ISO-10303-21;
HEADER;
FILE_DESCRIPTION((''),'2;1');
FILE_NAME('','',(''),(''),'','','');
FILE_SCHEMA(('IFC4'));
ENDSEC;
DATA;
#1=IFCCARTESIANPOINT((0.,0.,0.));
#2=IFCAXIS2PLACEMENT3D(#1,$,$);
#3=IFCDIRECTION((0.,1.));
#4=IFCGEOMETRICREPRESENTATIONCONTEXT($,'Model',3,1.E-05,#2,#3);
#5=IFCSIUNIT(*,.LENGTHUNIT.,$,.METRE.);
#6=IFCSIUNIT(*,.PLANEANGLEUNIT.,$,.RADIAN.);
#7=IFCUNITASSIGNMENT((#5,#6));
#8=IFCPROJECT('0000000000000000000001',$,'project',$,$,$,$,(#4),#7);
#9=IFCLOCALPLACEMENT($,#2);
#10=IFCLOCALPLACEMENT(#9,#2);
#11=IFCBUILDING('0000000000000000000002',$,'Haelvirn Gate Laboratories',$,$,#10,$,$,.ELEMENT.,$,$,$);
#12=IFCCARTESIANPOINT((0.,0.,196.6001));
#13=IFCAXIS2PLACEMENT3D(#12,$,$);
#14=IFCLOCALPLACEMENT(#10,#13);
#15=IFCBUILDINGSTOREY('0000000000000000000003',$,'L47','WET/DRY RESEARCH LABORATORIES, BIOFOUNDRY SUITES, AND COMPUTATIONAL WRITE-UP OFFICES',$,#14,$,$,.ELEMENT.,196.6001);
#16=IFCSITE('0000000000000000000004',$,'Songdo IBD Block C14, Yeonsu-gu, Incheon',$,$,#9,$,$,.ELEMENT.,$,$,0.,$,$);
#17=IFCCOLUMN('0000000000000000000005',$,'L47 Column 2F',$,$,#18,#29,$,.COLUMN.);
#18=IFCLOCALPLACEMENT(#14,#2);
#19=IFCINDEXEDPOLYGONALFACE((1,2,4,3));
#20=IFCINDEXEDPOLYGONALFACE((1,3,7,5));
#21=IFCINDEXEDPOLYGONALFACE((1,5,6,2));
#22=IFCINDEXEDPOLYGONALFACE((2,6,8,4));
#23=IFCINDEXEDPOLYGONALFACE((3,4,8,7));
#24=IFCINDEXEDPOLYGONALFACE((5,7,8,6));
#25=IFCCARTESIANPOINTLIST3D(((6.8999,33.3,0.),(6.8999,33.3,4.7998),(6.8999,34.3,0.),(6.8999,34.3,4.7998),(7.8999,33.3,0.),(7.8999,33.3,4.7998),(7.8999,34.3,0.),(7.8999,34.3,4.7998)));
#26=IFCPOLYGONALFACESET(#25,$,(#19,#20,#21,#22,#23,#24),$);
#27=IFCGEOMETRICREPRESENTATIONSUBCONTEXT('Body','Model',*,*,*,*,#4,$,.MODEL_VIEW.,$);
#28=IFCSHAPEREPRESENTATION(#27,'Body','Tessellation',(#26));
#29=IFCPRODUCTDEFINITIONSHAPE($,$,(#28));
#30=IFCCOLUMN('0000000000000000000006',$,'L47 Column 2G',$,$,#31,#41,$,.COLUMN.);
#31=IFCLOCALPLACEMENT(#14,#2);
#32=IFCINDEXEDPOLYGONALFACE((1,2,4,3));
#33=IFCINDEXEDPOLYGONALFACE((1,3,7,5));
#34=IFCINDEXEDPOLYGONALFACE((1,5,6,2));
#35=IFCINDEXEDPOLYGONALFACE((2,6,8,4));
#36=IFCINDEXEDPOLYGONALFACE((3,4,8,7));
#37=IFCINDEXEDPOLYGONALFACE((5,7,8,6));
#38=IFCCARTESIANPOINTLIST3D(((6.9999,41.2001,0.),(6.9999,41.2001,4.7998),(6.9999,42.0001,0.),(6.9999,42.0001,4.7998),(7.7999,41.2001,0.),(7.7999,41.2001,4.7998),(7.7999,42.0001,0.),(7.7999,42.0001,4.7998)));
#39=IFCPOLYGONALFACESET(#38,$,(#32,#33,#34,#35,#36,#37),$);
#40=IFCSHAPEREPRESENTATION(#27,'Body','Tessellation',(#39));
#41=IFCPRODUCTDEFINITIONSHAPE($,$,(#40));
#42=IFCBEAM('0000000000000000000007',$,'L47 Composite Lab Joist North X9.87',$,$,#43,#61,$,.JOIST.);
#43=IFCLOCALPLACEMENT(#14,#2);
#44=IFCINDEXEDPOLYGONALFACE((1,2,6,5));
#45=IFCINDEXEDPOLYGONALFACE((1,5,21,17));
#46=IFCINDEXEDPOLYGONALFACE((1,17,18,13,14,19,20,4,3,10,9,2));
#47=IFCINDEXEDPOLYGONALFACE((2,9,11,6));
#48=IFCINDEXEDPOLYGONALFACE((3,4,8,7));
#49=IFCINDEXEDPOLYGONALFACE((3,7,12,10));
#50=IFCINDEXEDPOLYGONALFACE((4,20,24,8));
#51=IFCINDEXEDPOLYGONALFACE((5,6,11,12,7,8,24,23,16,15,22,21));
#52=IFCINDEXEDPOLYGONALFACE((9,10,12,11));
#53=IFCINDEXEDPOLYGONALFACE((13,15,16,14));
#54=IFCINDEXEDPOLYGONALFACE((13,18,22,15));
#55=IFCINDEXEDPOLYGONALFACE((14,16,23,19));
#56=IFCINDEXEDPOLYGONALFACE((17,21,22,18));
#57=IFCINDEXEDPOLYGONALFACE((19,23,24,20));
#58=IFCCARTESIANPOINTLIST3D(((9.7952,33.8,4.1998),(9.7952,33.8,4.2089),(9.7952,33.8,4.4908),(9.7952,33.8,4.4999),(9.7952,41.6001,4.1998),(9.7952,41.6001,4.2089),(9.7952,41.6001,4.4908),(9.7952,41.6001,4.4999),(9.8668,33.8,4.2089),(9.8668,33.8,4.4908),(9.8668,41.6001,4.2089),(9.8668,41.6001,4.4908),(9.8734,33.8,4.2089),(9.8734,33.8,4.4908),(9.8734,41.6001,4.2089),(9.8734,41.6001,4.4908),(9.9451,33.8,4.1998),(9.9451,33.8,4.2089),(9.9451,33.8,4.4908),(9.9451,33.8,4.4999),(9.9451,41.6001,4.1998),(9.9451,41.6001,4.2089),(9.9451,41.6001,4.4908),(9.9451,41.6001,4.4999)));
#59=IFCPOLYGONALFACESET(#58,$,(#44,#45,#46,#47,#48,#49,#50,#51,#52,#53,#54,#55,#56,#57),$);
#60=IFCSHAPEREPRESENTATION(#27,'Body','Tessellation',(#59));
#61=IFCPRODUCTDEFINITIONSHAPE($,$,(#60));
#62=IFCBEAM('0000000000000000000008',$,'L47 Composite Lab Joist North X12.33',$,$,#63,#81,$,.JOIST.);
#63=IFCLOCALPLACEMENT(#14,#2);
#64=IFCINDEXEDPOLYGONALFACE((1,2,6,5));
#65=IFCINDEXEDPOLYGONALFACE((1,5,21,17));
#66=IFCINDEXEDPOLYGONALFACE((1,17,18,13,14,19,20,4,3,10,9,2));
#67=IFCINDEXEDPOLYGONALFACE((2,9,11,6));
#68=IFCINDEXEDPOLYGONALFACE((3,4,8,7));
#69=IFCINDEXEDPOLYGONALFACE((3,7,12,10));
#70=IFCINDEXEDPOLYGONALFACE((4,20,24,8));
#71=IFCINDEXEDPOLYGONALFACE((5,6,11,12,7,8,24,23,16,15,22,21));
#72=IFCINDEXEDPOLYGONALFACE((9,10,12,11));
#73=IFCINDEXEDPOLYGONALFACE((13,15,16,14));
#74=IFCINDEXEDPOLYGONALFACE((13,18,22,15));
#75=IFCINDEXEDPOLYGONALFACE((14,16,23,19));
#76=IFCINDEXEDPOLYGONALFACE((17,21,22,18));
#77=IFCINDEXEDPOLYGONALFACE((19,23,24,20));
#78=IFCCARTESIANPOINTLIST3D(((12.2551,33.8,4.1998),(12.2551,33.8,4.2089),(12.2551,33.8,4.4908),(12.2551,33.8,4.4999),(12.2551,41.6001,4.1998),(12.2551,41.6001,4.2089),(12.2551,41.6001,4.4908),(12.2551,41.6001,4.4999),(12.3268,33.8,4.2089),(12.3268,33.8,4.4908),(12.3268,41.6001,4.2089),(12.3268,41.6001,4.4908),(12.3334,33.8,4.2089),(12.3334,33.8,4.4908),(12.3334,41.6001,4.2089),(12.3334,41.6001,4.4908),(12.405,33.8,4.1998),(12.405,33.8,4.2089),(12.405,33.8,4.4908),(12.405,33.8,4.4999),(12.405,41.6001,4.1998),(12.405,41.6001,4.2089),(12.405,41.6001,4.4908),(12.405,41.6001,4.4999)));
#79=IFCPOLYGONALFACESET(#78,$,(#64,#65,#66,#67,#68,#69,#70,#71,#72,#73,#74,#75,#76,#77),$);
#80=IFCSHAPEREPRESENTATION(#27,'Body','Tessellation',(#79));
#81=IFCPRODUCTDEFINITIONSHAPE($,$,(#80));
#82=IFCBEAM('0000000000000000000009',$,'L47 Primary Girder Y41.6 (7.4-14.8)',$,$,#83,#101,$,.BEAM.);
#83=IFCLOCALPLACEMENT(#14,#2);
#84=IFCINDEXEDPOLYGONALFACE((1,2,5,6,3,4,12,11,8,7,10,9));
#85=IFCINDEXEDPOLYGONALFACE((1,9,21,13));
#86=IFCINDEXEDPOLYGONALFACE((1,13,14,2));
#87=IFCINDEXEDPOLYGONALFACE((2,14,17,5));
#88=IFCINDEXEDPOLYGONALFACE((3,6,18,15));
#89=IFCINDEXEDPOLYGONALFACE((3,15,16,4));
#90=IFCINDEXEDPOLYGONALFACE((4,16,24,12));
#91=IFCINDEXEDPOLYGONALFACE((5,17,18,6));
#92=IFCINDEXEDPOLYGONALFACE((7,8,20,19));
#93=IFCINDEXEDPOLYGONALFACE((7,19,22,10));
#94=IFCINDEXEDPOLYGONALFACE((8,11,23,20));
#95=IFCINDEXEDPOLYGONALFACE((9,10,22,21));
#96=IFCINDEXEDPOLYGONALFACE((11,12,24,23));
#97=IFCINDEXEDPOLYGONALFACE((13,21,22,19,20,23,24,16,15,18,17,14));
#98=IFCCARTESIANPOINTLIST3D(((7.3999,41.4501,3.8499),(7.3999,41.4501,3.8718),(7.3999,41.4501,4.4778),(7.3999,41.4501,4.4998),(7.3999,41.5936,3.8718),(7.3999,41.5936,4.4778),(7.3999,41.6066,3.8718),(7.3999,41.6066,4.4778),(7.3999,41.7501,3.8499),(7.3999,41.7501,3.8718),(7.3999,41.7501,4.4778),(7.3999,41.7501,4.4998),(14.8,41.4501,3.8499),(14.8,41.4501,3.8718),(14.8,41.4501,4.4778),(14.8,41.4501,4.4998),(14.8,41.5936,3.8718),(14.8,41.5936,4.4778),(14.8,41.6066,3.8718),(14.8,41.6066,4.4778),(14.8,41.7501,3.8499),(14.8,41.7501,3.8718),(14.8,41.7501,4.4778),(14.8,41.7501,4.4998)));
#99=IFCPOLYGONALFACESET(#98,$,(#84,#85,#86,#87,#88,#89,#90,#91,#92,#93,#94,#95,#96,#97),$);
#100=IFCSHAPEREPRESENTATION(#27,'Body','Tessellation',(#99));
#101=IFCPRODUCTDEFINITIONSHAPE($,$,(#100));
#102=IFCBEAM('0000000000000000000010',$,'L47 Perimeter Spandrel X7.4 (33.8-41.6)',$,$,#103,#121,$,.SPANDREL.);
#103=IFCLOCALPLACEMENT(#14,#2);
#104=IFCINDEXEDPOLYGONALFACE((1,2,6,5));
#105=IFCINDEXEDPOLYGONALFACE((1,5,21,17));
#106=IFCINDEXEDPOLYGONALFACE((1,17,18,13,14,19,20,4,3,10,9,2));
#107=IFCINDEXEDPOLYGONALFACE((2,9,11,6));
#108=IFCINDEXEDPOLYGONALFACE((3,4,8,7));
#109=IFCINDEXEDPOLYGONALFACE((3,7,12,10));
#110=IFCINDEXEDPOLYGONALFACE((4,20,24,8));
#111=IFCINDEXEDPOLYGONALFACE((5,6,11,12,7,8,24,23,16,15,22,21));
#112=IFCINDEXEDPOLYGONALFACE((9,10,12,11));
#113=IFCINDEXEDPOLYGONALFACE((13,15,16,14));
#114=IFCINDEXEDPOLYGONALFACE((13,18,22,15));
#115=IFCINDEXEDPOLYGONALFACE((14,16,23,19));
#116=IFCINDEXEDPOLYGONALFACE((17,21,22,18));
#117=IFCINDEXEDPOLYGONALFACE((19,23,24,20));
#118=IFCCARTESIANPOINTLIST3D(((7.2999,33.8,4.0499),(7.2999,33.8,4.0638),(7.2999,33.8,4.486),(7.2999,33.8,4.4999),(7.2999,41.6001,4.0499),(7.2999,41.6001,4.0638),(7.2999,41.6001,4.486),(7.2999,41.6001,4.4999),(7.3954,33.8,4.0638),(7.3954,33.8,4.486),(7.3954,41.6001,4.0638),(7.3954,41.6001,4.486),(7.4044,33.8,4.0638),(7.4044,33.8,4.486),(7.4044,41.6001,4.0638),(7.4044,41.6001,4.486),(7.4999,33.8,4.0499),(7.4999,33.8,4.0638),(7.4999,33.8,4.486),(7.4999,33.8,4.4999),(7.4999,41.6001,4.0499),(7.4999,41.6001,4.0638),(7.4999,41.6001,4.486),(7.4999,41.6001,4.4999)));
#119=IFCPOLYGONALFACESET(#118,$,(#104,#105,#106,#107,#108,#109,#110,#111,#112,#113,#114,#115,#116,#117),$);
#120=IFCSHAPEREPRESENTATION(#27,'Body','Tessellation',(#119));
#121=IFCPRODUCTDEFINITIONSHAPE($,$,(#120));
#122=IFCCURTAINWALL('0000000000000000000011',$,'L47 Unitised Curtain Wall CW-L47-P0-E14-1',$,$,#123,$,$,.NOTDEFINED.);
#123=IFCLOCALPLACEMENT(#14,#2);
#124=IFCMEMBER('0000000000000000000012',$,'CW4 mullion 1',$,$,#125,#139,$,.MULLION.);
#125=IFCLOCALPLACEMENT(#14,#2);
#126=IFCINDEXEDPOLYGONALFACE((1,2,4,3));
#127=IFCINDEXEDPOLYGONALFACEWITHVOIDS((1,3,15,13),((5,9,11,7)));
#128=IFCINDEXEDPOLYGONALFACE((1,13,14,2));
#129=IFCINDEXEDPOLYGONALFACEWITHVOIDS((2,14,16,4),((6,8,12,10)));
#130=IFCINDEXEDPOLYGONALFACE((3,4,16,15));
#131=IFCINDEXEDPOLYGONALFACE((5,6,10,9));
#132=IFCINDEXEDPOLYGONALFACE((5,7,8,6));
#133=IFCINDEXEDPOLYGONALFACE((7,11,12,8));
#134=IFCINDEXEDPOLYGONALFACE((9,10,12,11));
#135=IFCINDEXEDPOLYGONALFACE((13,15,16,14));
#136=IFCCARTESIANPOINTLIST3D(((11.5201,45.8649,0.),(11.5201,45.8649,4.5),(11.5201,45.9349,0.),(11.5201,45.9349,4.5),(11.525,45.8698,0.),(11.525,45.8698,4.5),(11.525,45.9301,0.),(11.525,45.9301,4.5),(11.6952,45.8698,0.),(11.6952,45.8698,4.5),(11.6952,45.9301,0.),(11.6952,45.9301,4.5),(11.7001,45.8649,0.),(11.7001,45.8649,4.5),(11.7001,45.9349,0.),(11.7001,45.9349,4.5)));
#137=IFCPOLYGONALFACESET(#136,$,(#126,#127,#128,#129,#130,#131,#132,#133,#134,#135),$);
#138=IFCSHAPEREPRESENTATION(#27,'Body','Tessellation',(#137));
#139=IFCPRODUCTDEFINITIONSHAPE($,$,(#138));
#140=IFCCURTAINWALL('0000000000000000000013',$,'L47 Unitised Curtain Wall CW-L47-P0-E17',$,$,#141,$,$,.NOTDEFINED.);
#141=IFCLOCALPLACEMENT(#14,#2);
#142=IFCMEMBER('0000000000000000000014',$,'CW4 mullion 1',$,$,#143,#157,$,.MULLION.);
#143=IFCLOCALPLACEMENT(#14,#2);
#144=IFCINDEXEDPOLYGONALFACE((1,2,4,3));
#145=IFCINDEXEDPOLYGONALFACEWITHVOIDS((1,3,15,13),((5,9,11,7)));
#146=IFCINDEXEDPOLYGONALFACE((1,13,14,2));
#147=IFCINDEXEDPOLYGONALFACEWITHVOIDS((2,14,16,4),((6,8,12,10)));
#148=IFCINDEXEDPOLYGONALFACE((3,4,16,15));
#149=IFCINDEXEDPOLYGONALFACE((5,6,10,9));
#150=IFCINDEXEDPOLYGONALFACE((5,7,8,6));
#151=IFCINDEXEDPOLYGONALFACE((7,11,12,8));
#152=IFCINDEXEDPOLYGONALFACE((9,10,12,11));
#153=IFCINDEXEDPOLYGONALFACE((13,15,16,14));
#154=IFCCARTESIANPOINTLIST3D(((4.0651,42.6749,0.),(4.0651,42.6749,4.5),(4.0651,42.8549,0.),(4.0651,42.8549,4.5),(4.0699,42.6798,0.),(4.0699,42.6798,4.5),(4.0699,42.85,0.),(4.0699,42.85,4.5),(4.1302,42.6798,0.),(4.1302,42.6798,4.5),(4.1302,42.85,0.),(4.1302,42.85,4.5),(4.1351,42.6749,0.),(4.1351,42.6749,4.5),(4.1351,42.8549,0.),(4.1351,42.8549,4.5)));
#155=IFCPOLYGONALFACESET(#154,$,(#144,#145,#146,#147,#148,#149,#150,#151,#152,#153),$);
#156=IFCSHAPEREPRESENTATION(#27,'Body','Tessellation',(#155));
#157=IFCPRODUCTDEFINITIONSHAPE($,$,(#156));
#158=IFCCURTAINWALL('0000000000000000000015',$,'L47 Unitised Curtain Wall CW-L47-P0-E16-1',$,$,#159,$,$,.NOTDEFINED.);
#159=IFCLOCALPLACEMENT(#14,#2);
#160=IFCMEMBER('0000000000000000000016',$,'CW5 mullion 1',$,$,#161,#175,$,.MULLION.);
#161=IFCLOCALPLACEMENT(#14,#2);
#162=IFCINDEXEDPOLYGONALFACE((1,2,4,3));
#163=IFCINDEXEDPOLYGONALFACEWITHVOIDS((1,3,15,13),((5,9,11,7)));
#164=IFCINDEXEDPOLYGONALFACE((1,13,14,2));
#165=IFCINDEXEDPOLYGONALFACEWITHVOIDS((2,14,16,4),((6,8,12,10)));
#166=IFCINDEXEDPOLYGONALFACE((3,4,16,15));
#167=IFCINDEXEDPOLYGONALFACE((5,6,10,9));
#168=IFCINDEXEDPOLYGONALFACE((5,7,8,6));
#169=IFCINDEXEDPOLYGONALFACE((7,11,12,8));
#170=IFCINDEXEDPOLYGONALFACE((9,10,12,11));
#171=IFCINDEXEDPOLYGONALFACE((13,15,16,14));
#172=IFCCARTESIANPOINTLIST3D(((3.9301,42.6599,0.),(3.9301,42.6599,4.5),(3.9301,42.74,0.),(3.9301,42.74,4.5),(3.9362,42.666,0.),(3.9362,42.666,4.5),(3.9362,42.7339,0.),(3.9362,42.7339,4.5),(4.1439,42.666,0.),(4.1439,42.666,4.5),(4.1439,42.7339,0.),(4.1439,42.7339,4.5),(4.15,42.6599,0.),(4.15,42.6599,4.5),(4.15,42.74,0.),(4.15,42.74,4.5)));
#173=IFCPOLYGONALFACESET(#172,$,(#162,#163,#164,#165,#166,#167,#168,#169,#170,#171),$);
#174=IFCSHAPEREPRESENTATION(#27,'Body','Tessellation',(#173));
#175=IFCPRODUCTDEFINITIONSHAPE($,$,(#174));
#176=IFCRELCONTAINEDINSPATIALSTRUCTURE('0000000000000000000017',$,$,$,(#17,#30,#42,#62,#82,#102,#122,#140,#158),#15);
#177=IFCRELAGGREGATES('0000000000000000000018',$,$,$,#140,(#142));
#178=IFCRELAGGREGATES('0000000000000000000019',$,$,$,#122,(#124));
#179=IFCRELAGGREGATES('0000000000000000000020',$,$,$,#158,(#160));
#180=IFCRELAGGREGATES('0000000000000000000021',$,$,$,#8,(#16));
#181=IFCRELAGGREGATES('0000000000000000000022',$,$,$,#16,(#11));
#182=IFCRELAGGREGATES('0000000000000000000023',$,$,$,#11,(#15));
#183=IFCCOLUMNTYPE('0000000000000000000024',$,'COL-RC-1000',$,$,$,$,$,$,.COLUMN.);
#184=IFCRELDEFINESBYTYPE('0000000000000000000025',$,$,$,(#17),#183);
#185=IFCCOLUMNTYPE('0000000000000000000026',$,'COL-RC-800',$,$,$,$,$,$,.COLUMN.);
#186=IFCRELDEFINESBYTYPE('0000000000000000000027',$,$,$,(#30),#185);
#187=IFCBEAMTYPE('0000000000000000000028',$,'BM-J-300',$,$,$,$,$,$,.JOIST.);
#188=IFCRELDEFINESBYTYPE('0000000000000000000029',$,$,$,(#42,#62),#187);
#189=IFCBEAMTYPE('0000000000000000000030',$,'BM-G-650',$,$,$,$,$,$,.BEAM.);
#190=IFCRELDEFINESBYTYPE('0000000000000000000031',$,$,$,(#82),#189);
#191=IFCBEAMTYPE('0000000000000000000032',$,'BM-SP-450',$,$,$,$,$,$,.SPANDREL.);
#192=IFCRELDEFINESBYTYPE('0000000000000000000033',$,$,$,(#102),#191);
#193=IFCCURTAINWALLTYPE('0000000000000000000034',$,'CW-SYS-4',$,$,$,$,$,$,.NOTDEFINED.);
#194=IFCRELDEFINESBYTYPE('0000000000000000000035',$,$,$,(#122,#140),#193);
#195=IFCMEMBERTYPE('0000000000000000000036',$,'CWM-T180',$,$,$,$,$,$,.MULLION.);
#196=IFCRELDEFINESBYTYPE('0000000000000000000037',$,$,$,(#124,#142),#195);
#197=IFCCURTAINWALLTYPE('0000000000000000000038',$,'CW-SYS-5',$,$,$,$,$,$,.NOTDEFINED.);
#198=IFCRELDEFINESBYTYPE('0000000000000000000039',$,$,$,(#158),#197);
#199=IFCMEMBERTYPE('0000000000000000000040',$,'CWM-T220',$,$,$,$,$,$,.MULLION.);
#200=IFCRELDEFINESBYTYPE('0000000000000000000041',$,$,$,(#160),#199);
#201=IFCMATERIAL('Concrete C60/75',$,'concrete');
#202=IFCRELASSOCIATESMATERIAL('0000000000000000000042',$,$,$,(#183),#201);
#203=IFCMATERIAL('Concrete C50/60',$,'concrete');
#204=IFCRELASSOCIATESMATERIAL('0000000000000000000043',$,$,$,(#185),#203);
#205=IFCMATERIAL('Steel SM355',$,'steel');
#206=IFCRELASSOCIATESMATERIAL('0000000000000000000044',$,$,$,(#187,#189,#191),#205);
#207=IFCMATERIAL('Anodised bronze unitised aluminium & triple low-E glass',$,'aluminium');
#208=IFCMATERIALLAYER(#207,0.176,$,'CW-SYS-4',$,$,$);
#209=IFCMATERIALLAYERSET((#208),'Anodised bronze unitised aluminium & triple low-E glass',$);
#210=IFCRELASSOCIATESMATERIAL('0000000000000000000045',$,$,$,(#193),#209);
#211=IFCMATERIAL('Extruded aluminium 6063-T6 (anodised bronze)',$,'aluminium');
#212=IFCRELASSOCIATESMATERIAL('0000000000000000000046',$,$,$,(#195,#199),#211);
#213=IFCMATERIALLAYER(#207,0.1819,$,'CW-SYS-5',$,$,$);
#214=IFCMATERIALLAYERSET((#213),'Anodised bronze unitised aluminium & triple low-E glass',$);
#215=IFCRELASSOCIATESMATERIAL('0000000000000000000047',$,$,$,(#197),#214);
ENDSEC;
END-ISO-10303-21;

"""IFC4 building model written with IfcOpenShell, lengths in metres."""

from ifc_helpers import new_model, si_unit, direction, frame, origin, origin_2d, place, context, subcontext, project, spatial, rectangle, hollow_rectangle, i_section, extrude, source, transform, mapped, material, layer, layer_set, material_profile, profile_set, type_object, type_shapes, element, aggregate, save


model = new_model("IFC4")

# Units and contexts
model_context = context("Model", 3, precision=1e-05, world=origin(), true_north=direction((0.0, 1.0)))
body_context = subcontext(model_context, "Body", "Model", "MODEL_VIEW")
ifc_project = project(units=[si_unit("LENGTHUNIT", "METRE"), si_unit("PLANEANGLEUNIT", "RADIAN")], contexts=[model_context])

# Site, building, storey
site_placement = place(None, origin())
site = spatial("IfcSite", under=ifc_project, at=site_placement, Name="Songdo IBD Block C14, Yeonsu-gu, Incheon", CompositionType="ELEMENT", RefElevation=0.0)
building_placement = place(site_placement, origin())
building = spatial("IfcBuilding", under=site, at=building_placement, Name="Haelvirn Gate Laboratories", CompositionType="ELEMENT")
storey_placement = place(building_placement, frame((0.0, 0.0, 196.6001)))
storey = spatial("IfcBuildingStorey", under=building, at=storey_placement, Name="L47", Description="WET/DRY RESEARCH LABORATORIES, BIOFOUNDRY SUITES, AND COMPUTATIONAL WRITE-UP OFFICES", CompositionType="ELEMENT", Elevation=196.6001)

# Columns
ifc_material_1 = material(Name="Concrete C60/75", Category="concrete")
ifc_material_profile_1 = material_profile(ifc_material_1, rectangle(XDim=1.0, YDim=1.0, at=origin_2d()), Name="RC-1000x1000")
ifc_profile_set_1 = profile_set([ifc_material_profile_1], Name="Concrete C60/75")
column_type_1 = type_object("IfcColumnType", Name="COL-RC-1000", PredefinedType="COLUMN", material=ifc_profile_set_1)
shared_shape_1 = source(origin(), body_context, "Body", "SweptSolid", [
    extrude(rectangle(XDim=1.0, YDim=1.0, at=origin_2d()), origin(), (0.0, 0.0, 1.0), 4.7998),
])
type_shapes(column_type_1, [shared_shape_1])
column_1_placement = place(storey_placement, frame((7.3999, 33.8, 0.0), z_axis=(0.0, 0.0, 1.0), x_axis=(1.0, 0.0, 0.0)))
element("IfcColumn", 1, at=column_1_placement, inside=storey, type_object=column_type_1, Name="L47 Column 2F", PredefinedType="COLUMN", context=body_context, shape_type="MappedRepresentation", body=[
    mapped(shared_shape_1, transform((0.0, 0.0, 0.0), scale=1.0)),
])
ifc_material_2 = material(Name="Concrete C50/60", Category="concrete")
ifc_material_profile_2 = material_profile(ifc_material_2, rectangle(XDim=0.8, YDim=0.8, at=origin_2d()), Name="RC-800x800")
ifc_profile_set_2 = profile_set([ifc_material_profile_2], Name="Concrete C50/60")
column_type_2 = type_object("IfcColumnType", Name="COL-RC-800", PredefinedType="COLUMN", material=ifc_profile_set_2)
shared_shape_2 = source(origin(), body_context, "Body", "SweptSolid", [
    extrude(rectangle(XDim=0.8, YDim=0.8, at=origin_2d()), origin(), (0.0, 0.0, 1.0), 4.7998),
])
type_shapes(column_type_2, [shared_shape_2])
column_2_placement = place(storey_placement, frame((7.3999, 41.6001, 0.0), z_axis=(0.0, 0.0, 1.0), x_axis=(1.0, 0.0, 0.0)))
element("IfcColumn", 2, at=column_2_placement, inside=storey, type_object=column_type_2, Name="L47 Column 2G", PredefinedType="COLUMN", context=body_context, shape_type="MappedRepresentation", body=[
    mapped(shared_shape_2, transform((0.0, 0.0, 0.0), scale=1.0)),
])

# Beams
ifc_material_3 = material(Name="Steel SM355", Category="steel")
ifc_material_profile_3 = material_profile(ifc_material_3, i_section(OverallWidth=0.1499, OverallDepth=0.3, WebThickness=0.0066, FlangeThickness=0.009, at=origin_2d()), Name="H-300x150x6.5x9")
ifc_profile_set_3 = profile_set([ifc_material_profile_3], Name="Steel SM355")
beam_type_1 = type_object("IfcBeamType", Name="BM-J-300", PredefinedType="JOIST", material=ifc_profile_set_3)
shared_shape_3 = source(origin(), body_context, "Body", "SweptSolid", [
    extrude(i_section(OverallWidth=0.1499, OverallDepth=0.3, WebThickness=0.0066, FlangeThickness=0.009, at=origin_2d()), origin(), (0.0, 0.0, 1.0), 7.8),
])
type_shapes(beam_type_1, [shared_shape_3])
for number, where, z_axis, x_axis, name in (
    (3, (9.8701, 33.8, 4.3499), (0.0, 1.0, 0.0), (-1.0, 0.0, 0.0), "L47 Composite Lab Joist North X9.87"),
    (4, (12.3301, 33.8, 4.3499), (0.0, 1.0, 0.0), (-1.0, 0.0, 0.0), "L47 Composite Lab Joist North X12.33"),
):
    element("IfcBeam", number, at=place(storey_placement, frame(where, z_axis=z_axis, x_axis=x_axis)), inside=storey, type_object=beam_type_1, Name=name, PredefinedType="JOIST", context=body_context, shape_type="MappedRepresentation", body=[
        mapped(shared_shape_3, transform((0.0, 0.0, 0.0), scale=1.0)),
    ])
ifc_material_profile_4 = material_profile(ifc_material_3, i_section(OverallWidth=0.3, OverallDepth=0.6499, WebThickness=0.0129, FlangeThickness=0.022, at=origin_2d()), Name="H-650x300x13x22")
ifc_profile_set_4 = profile_set([ifc_material_profile_4], Name="Steel SM355")
beam_type_2 = type_object("IfcBeamType", Name="BM-G-650", PredefinedType="BEAM", material=ifc_profile_set_4)
shared_shape_4 = source(origin(), body_context, "Body", "SweptSolid", [
    extrude(i_section(OverallWidth=0.3, OverallDepth=0.6499, WebThickness=0.0129, FlangeThickness=0.022, at=origin_2d()), origin(), (0.0, 0.0, 1.0), 7.4001),
])
type_shapes(beam_type_2, [shared_shape_4])
beam_1_placement = place(storey_placement, frame((7.3999, 41.6001, 4.1748), z_axis=(1.0, 0.0, 0.0), x_axis=(0.0, 1.0, 0.0)))
element("IfcBeam", 5, at=beam_1_placement, inside=storey, type_object=beam_type_2, Name="L47 Primary Girder Y41.6 (7.4-14.8)", PredefinedType="BEAM", context=body_context, shape_type="MappedRepresentation", body=[
    mapped(shared_shape_4, transform((0.0, 0.0, 0.0), scale=1.0)),
])
ifc_material_profile_5 = material_profile(ifc_material_3, i_section(OverallWidth=0.2, OverallDepth=0.45, WebThickness=0.009, FlangeThickness=0.0139, at=origin_2d()), Name="H-450x200x9x14")
ifc_profile_set_5 = profile_set([ifc_material_profile_5], Name="Steel SM355")
beam_type_3 = type_object("IfcBeamType", Name="BM-SP-450", PredefinedType="SPANDREL", material=ifc_profile_set_5)
shared_shape_5 = source(origin(), body_context, "Body", "SweptSolid", [
    extrude(i_section(OverallWidth=0.2, OverallDepth=0.45, WebThickness=0.009, FlangeThickness=0.0139, at=origin_2d()), origin(), (0.0, 0.0, 1.0), 7.8),
])
type_shapes(beam_type_3, [shared_shape_5])
beam_2_placement = place(storey_placement, frame((7.3999, 33.8, 4.2749), z_axis=(0.0, 1.0, 0.0), x_axis=(-1.0, 0.0, 0.0)))
element("IfcBeam", 6, at=beam_2_placement, inside=storey, type_object=beam_type_3, Name="L47 Perimeter Spandrel X7.4 (33.8-41.6)", PredefinedType="SPANDREL", context=body_context, shape_type="MappedRepresentation", body=[
    mapped(shared_shape_5, transform((0.0, 0.0, 0.0), scale=1.0)),
])

# Curtain walls, members
ifc_material_4 = material(Name="Anodised bronze unitised aluminium & triple low-E glass", Category="aluminium")
ifc_layer_1 = layer(ifc_material_4, 0.176, Name="CW-SYS-4")
ifc_layer_set_1 = layer_set([ifc_layer_1], Name="Anodised bronze unitised aluminium & triple low-E glass")
curtain_wall_type_1 = type_object("IfcCurtainWallType", Name="CW-SYS-4", PredefinedType="NOTDEFINED", material=ifc_layer_set_1)
curtain_wall_1_placement = place(storey_placement, origin())
curtain_wall_1 = element("IfcCurtainWall", 7, at=curtain_wall_1_placement, inside=storey, type_object=curtain_wall_type_1, Name="L47 Unitised Curtain Wall CW-L47-P0-E14-1", PredefinedType="NOTDEFINED")
ifc_material_5 = material(Name="Extruded aluminium 6063-T6 (anodised bronze)", Category="aluminium")
ifc_material_profile_6 = material_profile(ifc_material_5, hollow_rectangle(XDim=0.0701, YDim=0.1799, WallThickness=0.0049, at=origin_2d()), Name="CWM-180x70x5")
ifc_profile_set_6 = profile_set([ifc_material_profile_6], Name="Extruded aluminium 6063-T6 (anodised bronze)")
member_type_1 = type_object("IfcMemberType", Name="CWM-T180", PredefinedType="MULLION", material=ifc_profile_set_6)
shared_shape_6 = source(origin(), body_context, "Body", "SweptSolid", [
    extrude(hollow_rectangle(XDim=0.0701, YDim=0.1799, WallThickness=0.0049, at=origin_2d()), origin(), (0.0, 0.0, 1.0), 4.5),
])
type_shapes(member_type_1, [shared_shape_6])
member_1_placement = place(storey_placement, frame((11.6101, 45.8999, 0.0), z_axis=(0.0, 0.0, 1.0), x_axis=(0.0, 1.0, 0.0)))
member_1 = element("IfcMember", 8, at=member_1_placement, type_object=member_type_1, Name="CW4 mullion 1", PredefinedType="MULLION", context=body_context, shape_type="MappedRepresentation", body=[
    mapped(shared_shape_6, transform((0.0, 0.0, 0.0), scale=1.0)),
])
curtain_wall_2_placement = place(storey_placement, origin())
curtain_wall_2 = element("IfcCurtainWall", 9, at=curtain_wall_2_placement, inside=storey, type_object=curtain_wall_type_1, Name="L47 Unitised Curtain Wall CW-L47-P0-E17", PredefinedType="NOTDEFINED")
member_2_placement = place(storey_placement, frame((4.1001, 42.7649, 0.0), z_axis=(0.0, 0.0, 1.0), x_axis=(1.0, 0.0, 0.0)))
member_2 = element("IfcMember", 10, at=member_2_placement, type_object=member_type_1, Name="CW4 mullion 1", PredefinedType="MULLION", context=body_context, shape_type="MappedRepresentation", body=[
    mapped(shared_shape_6, transform((0.0, 0.0, 0.0), scale=1.0)),
])

# Curtain wall, member
ifc_layer_2 = layer(ifc_material_4, 0.1819, Name="CW-SYS-5")
ifc_layer_set_2 = layer_set([ifc_layer_2], Name="Anodised bronze unitised aluminium & triple low-E glass")
curtain_wall_type_2 = type_object("IfcCurtainWallType", Name="CW-SYS-5", PredefinedType="NOTDEFINED", material=ifc_layer_set_2)
curtain_wall_3_placement = place(storey_placement, origin())
curtain_wall_3 = element("IfcCurtainWall", 11, at=curtain_wall_3_placement, inside=storey, type_object=curtain_wall_type_2, Name="L47 Unitised Curtain Wall CW-L47-P0-E16-1", PredefinedType="NOTDEFINED")
ifc_material_profile_7 = material_profile(ifc_material_5, hollow_rectangle(XDim=0.0801, YDim=0.22, WallThickness=0.0061, at=origin_2d()), Name="CWM-220x80x6")
ifc_profile_set_7 = profile_set([ifc_material_profile_7], Name="Extruded aluminium 6063-T6 (anodised bronze)")
member_type_2 = type_object("IfcMemberType", Name="CWM-T220", PredefinedType="MULLION", material=ifc_profile_set_7)
shared_shape_7 = source(origin(), body_context, "Body", "SweptSolid", [
    extrude(hollow_rectangle(XDim=0.0801, YDim=0.22, WallThickness=0.0061, at=origin_2d()), origin(), (0.0, 0.0, 1.0), 4.5),
])
type_shapes(member_type_2, [shared_shape_7])
member_3_placement = place(storey_placement, frame((4.04, 42.7, 0.0), z_axis=(0.0, 0.0, 1.0), x_axis=(0.0, 1.0, 0.0)))
member_3 = element("IfcMember", 12, at=member_3_placement, type_object=member_type_2, Name="CW5 mullion 1", PredefinedType="MULLION", context=body_context, shape_type="MappedRepresentation", body=[
    mapped(shared_shape_7, transform((0.0, 0.0, 0.0), scale=1.0)),
])

aggregate(curtain_wall_2, [member_2])
aggregate(curtain_wall_1, [member_1])

aggregate(curtain_wall_3, [member_3])

save(model, "model.ifc")
